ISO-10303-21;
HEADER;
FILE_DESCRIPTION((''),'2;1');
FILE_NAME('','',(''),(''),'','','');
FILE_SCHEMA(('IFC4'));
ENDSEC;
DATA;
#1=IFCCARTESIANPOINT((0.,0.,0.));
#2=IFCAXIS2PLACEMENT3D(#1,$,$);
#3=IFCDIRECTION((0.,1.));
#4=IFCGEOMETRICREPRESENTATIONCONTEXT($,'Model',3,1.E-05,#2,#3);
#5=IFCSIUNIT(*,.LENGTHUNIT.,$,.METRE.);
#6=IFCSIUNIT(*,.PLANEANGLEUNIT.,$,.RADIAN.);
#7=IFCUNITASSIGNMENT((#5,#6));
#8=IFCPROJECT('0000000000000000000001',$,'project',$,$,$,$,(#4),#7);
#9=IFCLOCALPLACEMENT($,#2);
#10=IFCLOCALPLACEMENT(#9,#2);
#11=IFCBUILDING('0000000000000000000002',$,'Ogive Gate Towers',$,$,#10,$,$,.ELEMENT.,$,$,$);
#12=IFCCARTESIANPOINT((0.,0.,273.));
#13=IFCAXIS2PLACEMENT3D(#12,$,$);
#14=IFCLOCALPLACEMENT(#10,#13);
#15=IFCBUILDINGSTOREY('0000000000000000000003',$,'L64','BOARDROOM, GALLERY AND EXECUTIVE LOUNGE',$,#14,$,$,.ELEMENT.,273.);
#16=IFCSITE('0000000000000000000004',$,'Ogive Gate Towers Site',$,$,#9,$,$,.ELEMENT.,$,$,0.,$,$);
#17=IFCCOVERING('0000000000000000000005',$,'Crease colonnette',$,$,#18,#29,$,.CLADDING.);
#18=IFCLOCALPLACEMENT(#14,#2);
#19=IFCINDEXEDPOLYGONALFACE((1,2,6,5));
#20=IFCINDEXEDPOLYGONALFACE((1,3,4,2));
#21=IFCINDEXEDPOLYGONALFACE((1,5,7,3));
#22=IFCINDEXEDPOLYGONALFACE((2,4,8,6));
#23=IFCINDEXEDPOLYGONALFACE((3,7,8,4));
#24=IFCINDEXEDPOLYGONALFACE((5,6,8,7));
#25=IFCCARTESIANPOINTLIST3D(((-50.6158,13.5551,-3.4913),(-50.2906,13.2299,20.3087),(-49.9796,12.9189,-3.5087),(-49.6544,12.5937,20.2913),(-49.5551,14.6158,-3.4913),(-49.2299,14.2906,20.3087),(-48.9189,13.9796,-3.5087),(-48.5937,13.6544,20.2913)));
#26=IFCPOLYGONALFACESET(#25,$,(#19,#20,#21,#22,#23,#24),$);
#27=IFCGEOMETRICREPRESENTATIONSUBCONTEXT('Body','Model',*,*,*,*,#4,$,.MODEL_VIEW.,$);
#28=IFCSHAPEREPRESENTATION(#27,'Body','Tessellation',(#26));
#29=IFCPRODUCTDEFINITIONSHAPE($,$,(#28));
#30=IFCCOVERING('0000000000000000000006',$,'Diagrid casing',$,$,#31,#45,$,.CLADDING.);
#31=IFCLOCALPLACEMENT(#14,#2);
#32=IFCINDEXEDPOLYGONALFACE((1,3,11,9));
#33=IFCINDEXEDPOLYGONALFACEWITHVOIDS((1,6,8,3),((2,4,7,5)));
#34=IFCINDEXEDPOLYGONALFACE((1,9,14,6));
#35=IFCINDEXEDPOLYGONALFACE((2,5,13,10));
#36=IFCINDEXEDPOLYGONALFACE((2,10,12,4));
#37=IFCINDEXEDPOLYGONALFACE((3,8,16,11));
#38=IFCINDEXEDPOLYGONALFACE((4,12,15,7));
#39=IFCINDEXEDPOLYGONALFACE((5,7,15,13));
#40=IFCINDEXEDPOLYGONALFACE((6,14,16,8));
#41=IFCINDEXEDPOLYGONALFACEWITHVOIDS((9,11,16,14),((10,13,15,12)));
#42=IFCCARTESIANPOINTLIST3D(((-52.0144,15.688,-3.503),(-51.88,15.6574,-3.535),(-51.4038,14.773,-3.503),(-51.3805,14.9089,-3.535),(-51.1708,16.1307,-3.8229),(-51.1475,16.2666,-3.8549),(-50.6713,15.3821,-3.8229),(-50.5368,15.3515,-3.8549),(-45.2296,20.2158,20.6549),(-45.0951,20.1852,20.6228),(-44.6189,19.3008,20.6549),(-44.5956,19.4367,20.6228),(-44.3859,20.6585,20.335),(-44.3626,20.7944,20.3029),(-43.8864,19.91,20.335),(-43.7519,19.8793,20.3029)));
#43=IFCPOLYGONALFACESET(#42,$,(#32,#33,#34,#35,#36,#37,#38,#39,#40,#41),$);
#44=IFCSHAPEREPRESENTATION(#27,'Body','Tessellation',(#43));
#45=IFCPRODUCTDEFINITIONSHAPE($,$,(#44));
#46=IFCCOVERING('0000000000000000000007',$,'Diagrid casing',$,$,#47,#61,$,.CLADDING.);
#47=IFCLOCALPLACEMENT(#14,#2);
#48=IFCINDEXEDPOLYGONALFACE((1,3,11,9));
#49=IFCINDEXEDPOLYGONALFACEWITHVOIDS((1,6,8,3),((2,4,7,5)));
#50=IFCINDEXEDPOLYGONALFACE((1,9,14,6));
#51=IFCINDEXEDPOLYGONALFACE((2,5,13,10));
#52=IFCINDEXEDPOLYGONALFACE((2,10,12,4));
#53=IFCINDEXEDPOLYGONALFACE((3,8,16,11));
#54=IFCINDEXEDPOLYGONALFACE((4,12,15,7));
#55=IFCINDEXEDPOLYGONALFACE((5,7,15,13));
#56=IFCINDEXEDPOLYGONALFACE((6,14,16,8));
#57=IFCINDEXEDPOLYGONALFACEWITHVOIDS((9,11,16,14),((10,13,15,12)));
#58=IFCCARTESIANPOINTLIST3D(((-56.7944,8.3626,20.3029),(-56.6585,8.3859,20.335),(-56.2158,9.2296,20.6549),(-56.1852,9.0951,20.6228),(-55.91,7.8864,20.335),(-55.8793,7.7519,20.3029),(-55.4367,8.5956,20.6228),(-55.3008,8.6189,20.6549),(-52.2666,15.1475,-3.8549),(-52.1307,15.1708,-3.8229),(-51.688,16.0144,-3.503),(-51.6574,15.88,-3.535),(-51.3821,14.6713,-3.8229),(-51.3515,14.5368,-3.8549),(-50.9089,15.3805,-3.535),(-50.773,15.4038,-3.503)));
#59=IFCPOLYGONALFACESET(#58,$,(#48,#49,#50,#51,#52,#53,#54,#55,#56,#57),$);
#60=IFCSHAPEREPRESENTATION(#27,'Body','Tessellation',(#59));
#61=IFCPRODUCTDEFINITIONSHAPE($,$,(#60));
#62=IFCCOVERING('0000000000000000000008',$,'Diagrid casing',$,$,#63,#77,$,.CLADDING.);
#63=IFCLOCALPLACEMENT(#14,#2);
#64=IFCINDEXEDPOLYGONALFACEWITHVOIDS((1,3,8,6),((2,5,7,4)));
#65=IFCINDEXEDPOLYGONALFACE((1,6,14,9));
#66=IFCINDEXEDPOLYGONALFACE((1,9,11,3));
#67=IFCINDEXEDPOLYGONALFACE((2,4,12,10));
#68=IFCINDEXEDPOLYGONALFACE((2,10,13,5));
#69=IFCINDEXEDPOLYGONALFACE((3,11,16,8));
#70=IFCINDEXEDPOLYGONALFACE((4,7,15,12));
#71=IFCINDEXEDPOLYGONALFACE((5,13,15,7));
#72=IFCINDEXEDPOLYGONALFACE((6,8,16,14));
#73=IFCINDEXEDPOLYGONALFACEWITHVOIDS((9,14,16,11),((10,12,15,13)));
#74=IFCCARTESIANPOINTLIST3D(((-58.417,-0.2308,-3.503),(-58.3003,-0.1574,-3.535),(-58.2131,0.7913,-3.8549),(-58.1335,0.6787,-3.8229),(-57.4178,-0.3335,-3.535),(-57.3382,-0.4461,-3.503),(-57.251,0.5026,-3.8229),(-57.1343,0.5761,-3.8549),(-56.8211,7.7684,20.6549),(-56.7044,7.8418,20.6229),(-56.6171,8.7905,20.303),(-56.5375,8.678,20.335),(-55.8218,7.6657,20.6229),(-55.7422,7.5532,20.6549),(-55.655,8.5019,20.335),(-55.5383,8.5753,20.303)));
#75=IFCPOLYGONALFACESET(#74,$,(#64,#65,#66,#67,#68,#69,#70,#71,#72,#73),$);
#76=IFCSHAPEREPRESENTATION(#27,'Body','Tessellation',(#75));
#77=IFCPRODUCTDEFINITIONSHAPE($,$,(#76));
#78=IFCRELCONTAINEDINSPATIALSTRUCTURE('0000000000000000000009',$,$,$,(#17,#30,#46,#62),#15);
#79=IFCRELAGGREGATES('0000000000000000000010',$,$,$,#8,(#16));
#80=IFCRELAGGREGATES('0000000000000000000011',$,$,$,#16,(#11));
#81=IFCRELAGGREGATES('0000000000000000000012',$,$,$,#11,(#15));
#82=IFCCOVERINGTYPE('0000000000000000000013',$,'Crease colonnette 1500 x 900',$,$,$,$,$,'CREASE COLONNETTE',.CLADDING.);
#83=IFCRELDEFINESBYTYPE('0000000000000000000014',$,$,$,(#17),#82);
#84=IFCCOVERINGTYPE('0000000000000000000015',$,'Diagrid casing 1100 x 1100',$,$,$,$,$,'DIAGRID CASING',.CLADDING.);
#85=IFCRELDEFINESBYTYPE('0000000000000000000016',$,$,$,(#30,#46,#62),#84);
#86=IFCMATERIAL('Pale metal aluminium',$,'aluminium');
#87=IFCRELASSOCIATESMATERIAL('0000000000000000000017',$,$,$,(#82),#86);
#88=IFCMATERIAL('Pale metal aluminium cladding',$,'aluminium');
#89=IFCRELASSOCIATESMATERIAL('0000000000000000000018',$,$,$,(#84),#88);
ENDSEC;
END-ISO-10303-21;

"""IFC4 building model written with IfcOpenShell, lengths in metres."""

from ifc_helpers import new_model, si_unit, direction, frame, origin, origin_2d, place, context, subcontext, project, spatial, rectangle, hollow_rectangle, extrude, material, material_profile, profile_set, type_object, element, save


model = new_model("IFC4")

# Units and contexts
model_context = context("Model", 3, precision=1e-05, world=origin(), true_north=direction((0.0, 1.0)))
body_context = subcontext(model_context, "Body", "Model", "MODEL_VIEW")
ifc_project = project(units=[si_unit("LENGTHUNIT", "METRE"), si_unit("PLANEANGLEUNIT", "RADIAN")], contexts=[model_context])

# Site, building, storey
site_placement = place(None, origin())
site = spatial("IfcSite", under=ifc_project, at=site_placement, Name="Ogive Gate Towers Site", CompositionType="ELEMENT", RefElevation=0.0)
building_placement = place(site_placement, origin())
building = spatial("IfcBuilding", under=site, at=building_placement, Name="Ogive Gate Towers", CompositionType="ELEMENT")
storey_placement = place(building_placement, frame((0.0, 0.0, 273.0)))
storey = spatial("IfcBuildingStorey", under=building, at=storey_placement, Name="L64", Description="BOARDROOM, GALLERY AND EXECUTIVE LOUNGE", CompositionType="ELEMENT", Elevation=273.0)

# Coverings
ifc_material_1 = material(Name="Pale metal aluminium", Category="aluminium")
ifc_material_profile_1 = material_profile(ifc_material_1, rectangle(XDim=1.5, YDim=0.8999, at=origin_2d()), Name="1500 x 900 pale metal aluminium")
ifc_profile_set_1 = profile_set([ifc_material_profile_1], Name="Pale metal aluminium")
covering_type_1 = type_object("IfcCoveringType", Name="Crease colonnette 1500 x 900", ElementType="CREASE COLONNETTE", PredefinedType="CLADDING", material=ifc_profile_set_1)
covering_placement = place(storey_placement, frame((-49.7673, 13.7673, -3.5), z_axis=(0.013661, -0.013661, 0.999813), x_axis=(0.707107, 0.707107, 0.0)))
element("IfcCovering", 1, at=covering_placement, inside=storey, type_object=covering_type_1, Name="Crease colonnette", PredefinedType="CLADDING", context=body_context, shape_type="SweptSolid", body=[
    extrude(rectangle(XDim=1.5, YDim=0.8999, at=origin_2d()), origin(), (0.0, 0.0, 1.0), 23.8044),
])
ifc_material_2 = material(Name="Pale metal aluminium cladding", Category="aluminium")
ifc_material_profile_2 = material_profile(ifc_material_2, hollow_rectangle(XDim=1.1001, YDim=1.1001, WallThickness=0.1001, at=origin_2d()), Name="1100 x 1100 pale metal casing")
ifc_profile_set_2 = profile_set([ifc_material_profile_2], Name="Pale metal aluminium cladding")
covering_type_2 = type_object("IfcCoveringType", Name="Diagrid casing 1100 x 1100", ElementType="DIAGRID CASING", PredefinedType="CLADDING", material=ifc_profile_set_2)
for number, where, z_axis, x_axis, name in (
    (2, (-51.2756, 15.5198, -3.679), (0.266097, 0.177577, 0.947449), (-0.555087, 0.831792, 0.0), "Diagrid casing"),
    (3, (-51.5198, 15.2756, -3.679), (-0.177577, -0.266097, 0.947449), (0.831792, -0.555087, 0.0), "Diagrid casing"),
    (4, (-57.7756, 0.1726, -3.679), (0.062591, 0.313723, 0.947449), (-0.980673, 0.195656, 0.0), "Diagrid casing"),
):
    element("IfcCovering", number, at=place(storey_placement, frame(where, z_axis=z_axis, x_axis=x_axis)), inside=storey, type_object=covering_type_2, Name=name, PredefinedType="CLADDING", context=body_context, shape_type="SweptSolid", body=[
        extrude(hollow_rectangle(XDim=1.1001, YDim=1.1001, WallThickness=0.1001, at=origin_2d()), origin(), (0.0, 0.0, 1.0), 25.4978),
    ])

save(model, "model.ifc")
